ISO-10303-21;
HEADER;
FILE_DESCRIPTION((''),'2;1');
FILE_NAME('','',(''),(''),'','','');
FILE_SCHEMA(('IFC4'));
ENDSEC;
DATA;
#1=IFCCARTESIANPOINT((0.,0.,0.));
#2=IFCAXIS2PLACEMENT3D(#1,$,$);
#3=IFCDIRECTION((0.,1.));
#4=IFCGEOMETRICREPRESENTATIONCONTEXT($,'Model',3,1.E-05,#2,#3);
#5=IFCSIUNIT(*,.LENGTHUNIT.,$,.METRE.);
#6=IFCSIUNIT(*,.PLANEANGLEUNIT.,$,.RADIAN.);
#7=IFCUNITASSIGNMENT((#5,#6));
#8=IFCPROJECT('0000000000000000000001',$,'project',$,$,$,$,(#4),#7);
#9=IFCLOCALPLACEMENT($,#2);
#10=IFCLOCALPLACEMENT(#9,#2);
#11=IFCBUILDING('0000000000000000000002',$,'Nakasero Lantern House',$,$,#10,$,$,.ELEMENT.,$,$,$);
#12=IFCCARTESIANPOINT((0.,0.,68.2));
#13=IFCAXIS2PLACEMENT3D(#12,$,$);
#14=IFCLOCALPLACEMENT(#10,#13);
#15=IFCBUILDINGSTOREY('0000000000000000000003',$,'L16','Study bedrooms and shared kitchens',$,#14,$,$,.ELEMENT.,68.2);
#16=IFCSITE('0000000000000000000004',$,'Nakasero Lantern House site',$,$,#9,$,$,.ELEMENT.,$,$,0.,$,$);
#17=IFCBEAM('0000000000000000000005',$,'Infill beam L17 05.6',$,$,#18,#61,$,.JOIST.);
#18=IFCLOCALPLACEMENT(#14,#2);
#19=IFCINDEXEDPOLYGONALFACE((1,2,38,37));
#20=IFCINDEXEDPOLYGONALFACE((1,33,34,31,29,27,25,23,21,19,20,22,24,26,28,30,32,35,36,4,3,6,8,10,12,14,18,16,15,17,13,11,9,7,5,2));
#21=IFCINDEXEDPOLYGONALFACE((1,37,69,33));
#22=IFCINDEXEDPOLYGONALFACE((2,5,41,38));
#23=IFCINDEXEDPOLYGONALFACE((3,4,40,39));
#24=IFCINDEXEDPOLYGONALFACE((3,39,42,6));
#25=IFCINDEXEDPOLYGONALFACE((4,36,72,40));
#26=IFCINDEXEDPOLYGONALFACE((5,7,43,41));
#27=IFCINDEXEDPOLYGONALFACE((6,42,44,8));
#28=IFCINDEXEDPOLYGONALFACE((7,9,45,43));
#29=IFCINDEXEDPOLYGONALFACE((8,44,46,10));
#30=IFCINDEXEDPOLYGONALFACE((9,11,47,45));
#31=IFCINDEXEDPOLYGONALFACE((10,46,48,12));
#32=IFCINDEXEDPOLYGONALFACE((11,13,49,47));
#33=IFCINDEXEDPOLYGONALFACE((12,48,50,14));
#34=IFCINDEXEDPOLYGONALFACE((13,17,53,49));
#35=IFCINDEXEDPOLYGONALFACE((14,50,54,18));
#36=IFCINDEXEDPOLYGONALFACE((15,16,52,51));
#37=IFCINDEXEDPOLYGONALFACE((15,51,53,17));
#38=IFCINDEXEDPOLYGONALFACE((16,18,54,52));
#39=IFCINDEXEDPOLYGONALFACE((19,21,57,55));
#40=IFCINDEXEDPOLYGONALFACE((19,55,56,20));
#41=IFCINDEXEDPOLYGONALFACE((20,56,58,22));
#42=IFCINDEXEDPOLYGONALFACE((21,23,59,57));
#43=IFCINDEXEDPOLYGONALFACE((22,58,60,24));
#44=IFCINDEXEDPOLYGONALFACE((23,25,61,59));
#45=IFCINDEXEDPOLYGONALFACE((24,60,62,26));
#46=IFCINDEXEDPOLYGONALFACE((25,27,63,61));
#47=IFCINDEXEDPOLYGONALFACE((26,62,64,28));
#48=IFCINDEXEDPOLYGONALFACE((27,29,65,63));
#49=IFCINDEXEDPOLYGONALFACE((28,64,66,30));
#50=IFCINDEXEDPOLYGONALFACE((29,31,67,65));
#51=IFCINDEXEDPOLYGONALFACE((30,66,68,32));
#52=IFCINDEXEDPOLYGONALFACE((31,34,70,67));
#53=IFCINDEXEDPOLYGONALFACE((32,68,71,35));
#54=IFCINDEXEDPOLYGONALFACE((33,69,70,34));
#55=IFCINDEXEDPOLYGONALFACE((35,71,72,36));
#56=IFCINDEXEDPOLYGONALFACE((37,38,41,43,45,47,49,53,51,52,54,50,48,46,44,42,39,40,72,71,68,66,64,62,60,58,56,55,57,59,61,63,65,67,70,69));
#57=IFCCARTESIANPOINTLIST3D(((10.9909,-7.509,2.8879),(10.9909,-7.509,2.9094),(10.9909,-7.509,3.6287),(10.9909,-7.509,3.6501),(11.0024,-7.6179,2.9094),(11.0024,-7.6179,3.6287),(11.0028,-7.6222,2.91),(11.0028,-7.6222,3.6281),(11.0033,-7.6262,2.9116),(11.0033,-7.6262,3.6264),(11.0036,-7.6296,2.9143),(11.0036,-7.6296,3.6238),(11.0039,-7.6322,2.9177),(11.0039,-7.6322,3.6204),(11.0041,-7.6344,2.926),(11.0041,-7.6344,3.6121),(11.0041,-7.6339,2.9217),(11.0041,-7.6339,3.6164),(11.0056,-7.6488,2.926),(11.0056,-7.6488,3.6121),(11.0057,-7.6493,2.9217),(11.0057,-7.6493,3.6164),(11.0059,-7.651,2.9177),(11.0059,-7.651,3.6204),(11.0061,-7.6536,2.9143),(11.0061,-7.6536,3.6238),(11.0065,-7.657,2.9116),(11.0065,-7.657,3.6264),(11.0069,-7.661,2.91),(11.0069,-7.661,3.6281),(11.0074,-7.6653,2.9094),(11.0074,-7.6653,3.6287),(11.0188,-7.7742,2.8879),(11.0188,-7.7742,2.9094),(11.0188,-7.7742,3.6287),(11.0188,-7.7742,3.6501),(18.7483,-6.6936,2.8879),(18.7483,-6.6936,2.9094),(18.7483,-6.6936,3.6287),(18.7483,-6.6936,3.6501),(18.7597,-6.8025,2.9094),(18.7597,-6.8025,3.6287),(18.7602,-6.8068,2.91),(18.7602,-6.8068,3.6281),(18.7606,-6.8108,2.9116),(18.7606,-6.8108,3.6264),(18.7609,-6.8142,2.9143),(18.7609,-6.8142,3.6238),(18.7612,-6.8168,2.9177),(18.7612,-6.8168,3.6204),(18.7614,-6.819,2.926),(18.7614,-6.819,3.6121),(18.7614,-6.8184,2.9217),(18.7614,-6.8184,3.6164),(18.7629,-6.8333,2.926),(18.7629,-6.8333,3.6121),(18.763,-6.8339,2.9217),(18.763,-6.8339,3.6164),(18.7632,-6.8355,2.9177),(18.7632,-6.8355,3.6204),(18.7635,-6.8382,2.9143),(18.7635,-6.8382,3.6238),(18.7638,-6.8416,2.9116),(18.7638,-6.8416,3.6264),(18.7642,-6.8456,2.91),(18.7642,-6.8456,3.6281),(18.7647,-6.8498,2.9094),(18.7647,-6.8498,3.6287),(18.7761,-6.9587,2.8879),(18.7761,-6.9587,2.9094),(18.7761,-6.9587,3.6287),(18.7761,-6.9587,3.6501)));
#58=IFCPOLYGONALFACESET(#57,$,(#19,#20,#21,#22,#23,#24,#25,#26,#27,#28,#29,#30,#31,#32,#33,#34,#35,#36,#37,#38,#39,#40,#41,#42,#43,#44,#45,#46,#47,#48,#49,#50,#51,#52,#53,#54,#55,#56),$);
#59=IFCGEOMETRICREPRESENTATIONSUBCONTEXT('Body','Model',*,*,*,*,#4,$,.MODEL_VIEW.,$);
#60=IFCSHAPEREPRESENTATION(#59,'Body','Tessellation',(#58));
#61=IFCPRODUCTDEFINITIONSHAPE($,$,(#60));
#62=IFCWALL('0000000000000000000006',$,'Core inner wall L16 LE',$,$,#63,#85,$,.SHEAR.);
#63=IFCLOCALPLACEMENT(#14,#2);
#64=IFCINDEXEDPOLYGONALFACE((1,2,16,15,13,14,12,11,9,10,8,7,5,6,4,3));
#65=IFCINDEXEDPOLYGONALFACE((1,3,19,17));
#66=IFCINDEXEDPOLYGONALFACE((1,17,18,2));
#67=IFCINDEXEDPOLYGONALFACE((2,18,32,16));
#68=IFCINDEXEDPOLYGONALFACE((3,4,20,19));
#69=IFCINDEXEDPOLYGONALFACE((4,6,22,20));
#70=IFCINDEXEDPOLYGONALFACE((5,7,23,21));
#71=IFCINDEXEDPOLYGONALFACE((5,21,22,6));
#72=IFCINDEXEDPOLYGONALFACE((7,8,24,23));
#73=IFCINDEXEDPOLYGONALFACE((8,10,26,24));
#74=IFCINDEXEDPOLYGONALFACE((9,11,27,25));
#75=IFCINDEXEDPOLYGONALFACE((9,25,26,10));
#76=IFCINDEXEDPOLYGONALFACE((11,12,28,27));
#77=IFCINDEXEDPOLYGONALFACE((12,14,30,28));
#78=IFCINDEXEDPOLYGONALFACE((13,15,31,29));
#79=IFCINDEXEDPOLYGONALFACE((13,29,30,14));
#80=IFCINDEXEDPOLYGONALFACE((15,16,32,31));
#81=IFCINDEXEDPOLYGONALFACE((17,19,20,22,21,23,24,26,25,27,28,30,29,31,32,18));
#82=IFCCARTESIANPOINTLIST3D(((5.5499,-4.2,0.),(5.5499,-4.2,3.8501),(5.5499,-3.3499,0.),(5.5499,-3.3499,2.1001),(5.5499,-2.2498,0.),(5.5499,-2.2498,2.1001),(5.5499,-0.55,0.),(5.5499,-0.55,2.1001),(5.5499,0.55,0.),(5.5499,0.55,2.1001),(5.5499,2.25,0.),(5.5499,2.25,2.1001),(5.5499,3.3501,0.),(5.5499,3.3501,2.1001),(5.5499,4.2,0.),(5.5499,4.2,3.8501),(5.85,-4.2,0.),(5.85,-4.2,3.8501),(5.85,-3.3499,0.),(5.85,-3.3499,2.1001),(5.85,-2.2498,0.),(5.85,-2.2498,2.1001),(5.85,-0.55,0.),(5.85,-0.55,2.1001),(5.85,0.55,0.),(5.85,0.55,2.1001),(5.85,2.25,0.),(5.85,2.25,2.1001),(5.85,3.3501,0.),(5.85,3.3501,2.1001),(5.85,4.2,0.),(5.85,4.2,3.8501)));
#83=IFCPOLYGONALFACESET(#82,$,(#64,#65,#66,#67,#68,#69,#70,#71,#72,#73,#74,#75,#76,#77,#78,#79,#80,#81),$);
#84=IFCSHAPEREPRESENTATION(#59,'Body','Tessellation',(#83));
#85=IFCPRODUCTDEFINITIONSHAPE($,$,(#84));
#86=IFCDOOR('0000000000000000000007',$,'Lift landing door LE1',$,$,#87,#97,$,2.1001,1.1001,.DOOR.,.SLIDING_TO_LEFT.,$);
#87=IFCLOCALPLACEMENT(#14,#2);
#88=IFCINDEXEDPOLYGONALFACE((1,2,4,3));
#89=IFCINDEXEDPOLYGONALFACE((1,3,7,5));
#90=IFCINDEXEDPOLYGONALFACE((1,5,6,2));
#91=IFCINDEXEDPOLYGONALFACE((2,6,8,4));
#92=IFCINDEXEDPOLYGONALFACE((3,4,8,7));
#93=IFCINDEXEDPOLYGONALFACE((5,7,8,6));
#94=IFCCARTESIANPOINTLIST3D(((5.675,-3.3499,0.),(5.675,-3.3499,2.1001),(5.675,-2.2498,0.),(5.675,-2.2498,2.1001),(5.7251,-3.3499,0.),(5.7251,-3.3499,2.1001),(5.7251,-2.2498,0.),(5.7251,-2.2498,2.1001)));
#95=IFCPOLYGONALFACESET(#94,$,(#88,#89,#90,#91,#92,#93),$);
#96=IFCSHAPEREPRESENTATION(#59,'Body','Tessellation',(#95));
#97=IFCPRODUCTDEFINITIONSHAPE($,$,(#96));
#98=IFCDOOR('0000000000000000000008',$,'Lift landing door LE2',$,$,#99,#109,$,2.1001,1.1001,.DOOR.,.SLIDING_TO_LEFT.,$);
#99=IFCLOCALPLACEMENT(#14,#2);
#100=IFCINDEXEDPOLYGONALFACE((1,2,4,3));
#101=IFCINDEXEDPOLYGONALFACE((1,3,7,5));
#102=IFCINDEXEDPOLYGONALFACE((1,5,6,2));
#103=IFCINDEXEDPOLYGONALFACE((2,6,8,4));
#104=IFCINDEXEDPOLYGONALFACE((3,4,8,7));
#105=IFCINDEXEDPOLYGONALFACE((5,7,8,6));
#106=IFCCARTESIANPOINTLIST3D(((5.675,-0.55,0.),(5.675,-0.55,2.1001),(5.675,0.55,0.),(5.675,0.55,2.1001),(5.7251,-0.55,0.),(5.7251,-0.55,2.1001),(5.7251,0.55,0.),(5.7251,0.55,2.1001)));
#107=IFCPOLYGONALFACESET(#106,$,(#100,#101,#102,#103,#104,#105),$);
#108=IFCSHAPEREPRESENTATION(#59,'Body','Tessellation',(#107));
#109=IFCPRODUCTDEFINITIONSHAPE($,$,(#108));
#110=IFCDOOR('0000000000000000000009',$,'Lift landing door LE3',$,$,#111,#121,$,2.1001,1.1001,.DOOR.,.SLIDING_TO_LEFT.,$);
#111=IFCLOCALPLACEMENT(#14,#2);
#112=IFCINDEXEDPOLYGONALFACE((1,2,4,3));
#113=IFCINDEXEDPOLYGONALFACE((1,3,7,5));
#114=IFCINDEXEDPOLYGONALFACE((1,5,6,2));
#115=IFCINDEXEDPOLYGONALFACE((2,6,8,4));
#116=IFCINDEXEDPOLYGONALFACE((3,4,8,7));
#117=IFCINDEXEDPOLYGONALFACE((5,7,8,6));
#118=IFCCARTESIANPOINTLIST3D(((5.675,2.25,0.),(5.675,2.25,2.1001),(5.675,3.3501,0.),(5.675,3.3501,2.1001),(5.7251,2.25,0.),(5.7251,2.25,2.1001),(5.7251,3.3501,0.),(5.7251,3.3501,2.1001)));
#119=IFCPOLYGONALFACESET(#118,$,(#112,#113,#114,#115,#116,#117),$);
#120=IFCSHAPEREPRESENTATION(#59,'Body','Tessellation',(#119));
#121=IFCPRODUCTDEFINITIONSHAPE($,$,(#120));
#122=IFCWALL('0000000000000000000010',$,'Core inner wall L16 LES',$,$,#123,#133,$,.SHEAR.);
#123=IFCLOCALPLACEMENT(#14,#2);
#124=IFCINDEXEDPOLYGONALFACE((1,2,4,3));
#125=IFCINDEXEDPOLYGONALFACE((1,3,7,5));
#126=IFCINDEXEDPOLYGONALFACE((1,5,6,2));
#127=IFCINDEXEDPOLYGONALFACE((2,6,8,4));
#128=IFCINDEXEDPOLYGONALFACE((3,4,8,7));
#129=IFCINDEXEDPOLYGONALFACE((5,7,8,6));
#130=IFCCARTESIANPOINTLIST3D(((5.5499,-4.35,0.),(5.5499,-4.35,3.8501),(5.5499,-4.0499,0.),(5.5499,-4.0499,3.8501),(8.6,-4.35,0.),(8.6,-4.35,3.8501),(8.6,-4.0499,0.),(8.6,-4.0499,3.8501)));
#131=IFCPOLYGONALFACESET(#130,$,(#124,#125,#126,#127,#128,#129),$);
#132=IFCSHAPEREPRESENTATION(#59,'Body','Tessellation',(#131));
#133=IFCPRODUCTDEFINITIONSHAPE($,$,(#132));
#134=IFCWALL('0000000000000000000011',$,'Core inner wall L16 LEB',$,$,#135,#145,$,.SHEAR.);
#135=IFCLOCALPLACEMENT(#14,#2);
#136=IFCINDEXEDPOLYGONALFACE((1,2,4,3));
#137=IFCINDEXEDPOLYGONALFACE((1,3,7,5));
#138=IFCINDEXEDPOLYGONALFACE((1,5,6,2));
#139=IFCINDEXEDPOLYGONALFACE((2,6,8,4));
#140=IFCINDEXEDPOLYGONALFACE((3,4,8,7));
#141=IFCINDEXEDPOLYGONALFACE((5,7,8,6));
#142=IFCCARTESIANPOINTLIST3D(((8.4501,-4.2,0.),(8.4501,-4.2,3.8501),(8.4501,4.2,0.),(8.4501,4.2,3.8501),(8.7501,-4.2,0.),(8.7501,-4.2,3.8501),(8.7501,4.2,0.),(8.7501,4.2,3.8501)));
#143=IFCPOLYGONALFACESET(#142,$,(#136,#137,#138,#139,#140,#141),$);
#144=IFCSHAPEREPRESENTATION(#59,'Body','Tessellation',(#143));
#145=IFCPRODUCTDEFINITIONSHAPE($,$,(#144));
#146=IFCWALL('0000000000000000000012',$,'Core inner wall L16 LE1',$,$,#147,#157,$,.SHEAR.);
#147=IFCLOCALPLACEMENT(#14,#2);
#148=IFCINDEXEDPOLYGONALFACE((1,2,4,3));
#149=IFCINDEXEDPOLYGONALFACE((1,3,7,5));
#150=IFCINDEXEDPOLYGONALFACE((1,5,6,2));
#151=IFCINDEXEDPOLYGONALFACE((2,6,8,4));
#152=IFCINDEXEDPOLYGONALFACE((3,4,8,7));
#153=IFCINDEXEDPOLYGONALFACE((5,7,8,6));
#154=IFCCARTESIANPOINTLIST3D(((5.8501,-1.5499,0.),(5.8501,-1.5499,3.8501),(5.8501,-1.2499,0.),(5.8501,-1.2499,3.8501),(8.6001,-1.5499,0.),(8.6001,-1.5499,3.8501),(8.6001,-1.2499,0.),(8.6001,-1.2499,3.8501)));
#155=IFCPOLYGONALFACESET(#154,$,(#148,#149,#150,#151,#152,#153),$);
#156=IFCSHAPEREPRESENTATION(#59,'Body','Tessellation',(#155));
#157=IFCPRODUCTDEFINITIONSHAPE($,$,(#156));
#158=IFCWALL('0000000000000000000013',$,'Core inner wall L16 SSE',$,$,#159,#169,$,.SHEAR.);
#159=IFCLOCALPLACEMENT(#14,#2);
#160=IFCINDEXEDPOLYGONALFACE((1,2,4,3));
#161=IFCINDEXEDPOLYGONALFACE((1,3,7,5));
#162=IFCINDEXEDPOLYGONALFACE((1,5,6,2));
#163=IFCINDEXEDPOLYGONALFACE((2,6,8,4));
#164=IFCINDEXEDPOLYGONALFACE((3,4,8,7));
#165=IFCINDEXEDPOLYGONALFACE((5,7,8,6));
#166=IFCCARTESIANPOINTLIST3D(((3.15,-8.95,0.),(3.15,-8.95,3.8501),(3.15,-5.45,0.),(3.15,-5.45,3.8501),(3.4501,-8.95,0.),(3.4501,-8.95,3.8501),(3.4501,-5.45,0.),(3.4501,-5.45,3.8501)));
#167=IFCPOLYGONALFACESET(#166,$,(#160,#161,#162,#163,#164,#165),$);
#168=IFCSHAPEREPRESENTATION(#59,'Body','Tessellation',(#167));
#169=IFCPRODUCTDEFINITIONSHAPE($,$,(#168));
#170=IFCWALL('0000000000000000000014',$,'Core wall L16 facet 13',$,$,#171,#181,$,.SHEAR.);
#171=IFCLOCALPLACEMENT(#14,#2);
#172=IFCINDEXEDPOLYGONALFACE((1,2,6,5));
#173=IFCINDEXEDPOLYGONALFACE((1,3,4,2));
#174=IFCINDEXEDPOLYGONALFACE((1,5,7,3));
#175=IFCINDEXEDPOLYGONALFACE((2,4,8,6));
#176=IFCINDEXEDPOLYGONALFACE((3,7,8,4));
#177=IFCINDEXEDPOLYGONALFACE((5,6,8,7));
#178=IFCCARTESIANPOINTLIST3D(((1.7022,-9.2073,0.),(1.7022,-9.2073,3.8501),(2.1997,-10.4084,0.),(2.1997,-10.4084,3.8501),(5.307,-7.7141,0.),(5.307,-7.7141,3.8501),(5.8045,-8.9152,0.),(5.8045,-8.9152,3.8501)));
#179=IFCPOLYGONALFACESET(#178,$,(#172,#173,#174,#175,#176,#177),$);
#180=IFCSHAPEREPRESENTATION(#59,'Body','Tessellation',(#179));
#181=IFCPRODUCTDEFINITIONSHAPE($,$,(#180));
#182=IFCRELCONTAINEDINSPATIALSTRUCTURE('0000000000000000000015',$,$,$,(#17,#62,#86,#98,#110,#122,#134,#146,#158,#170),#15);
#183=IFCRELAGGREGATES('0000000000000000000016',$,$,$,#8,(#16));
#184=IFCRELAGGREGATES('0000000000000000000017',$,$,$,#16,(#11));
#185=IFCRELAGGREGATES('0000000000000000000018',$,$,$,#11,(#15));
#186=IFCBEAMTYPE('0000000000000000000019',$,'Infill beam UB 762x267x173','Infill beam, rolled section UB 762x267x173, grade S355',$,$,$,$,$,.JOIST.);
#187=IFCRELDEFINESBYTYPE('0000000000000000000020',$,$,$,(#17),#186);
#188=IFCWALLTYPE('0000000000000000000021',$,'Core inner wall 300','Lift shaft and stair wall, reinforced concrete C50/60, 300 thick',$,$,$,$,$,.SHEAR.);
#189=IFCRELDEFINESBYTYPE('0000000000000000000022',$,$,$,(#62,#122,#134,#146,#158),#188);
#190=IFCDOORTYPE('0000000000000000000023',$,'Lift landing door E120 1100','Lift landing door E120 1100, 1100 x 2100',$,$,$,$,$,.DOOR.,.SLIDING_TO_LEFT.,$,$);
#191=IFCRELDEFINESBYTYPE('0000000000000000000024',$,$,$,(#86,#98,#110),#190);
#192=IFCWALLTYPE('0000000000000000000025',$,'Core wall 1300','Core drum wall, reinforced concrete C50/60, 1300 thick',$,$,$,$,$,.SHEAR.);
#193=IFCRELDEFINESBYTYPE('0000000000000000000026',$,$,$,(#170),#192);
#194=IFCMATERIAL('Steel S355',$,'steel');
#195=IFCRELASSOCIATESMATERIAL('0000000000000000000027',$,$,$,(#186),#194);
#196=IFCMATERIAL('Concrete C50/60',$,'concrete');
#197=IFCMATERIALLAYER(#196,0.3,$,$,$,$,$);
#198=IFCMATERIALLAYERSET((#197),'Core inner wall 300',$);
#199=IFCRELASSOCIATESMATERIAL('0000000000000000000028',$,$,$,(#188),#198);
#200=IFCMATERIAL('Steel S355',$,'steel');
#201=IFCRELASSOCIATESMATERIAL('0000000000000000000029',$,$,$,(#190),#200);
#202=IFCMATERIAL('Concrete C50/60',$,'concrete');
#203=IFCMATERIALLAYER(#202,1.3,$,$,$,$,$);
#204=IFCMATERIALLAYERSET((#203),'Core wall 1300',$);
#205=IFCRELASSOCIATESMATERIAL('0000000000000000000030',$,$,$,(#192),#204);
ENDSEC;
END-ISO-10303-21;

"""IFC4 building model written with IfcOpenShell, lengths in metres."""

from ifc_helpers import new_model, si_unit, direction, frame, frame_2d, origin, origin_2d, place, context, subcontext, project, spatial, rectangle, i_section, extrude, material, layer, layer_set, material_profile, profile_set, type_object, element, fill, save


model = new_model("IFC4")

# Units and contexts
model_context = context("Model", 3, precision=1e-05, world=origin(), true_north=direction((0.0, 1.0)))
body_context = subcontext(model_context, "Body", "Model", "MODEL_VIEW")
ifc_project = project(units=[si_unit("LENGTHUNIT", "METRE"), si_unit("PLANEANGLEUNIT", "RADIAN")], contexts=[model_context])

# Site, building, storey
site_placement = place(None, origin())
site = spatial("IfcSite", under=ifc_project, at=site_placement, Name="Nakasero Lantern House site", CompositionType="ELEMENT", RefElevation=0.0)
building_placement = place(site_placement, origin())
building = spatial("IfcBuilding", under=site, at=building_placement, Name="Nakasero Lantern House", CompositionType="ELEMENT")
storey_placement = place(building_placement, frame((0.0, 0.0, 68.2)))
storey = spatial("IfcBuildingStorey", under=building, at=storey_placement, Name="L16", Description="Study bedrooms and shared kitchens", CompositionType="ELEMENT", Elevation=68.2)

# Beam
ifc_material_1 = material(Name="Steel S355", Category="steel")
ifc_material_profile_1 = material_profile(ifc_material_1, i_section(OverallWidth=0.2666, OverallDepth=0.7622, WebThickness=0.0144, FlangeThickness=0.0215, FilletRadius=0.0166, at=origin_2d()), Name="UB 762x267x173")
ifc_profile_set_1 = profile_set([ifc_material_profile_1], Name="Steel S355")
beam_type_1 = type_object("IfcBeamType", Name="Infill beam UB 762x267x173", Description="Infill beam, rolled section UB 762x267x173, grade S355", PredefinedType="JOIST", material=ifc_profile_set_1)
beam_1_placement = place(storey_placement, frame((11.0049, -7.6416, 3.269), z_axis=(0.994521, 0.104541, 0.0), x_axis=(-0.104541, 0.994521, 0.0)))
element("IfcBeam", 1, at=beam_1_placement, inside=storey, type_object=beam_type_1, Name="Infill beam L17 05.6", PredefinedType="JOIST", context=body_context, shape_type="SweptSolid", body=[
    extrude(i_section(OverallWidth=0.2666, OverallDepth=0.7622, WebThickness=0.0144, FlangeThickness=0.0215, FilletRadius=0.0166, at=origin_2d()), origin(), (0.0, 0.0, 1.0), 7.8),
])

# Wall, openings, doors
ifc_material_2 = material(Name="Concrete C50/60", Category="concrete")
ifc_layer_1 = layer(ifc_material_2, 0.3)
ifc_layer_set_1 = layer_set([ifc_layer_1], Name="Core inner wall 300")
wall_type_1 = type_object("IfcWallType", Name="Core inner wall 300", Description="Lift shaft and stair wall, reinforced concrete C50/60, 300 thick", PredefinedType="SHEAR", material=ifc_layer_set_1)
wall_1_placement = place(storey_placement, frame((5.7, -4.2, 0.0), z_axis=(0.0, 0.0, 1.0), x_axis=(0.0, 1.0, 0.0)))
wall_1 = element("IfcWall", 2, at=wall_1_placement, inside=storey, type_object=wall_type_1, Name="Core inner wall L16 LE", PredefinedType="SHEAR", context=body_context, shape_type="SweptSolid", body=[
    extrude(rectangle(XDim=8.3999, YDim=0.3, at=frame_2d((4.2, 0.0))), origin(), (0.0, 0.0, 1.0), 3.8501),
])
opening_1_placement = place(wall_1_placement, frame((0.8501, 0.0, 0.0)))
opening_1 = element("IfcOpeningElement", 3, at=opening_1_placement, cuts=wall_1, PredefinedType="OPENING", context=body_context, shape_type="SweptSolid", body=[
    extrude(rectangle(XDim=1.1001, YDim=2.1001, at=frame_2d((0.55, 1.05))), frame((0.0, 0.1699, 0.0), z_axis=(0.0, -1.0, 0.0), x_axis=(1.0, 0.0, 0.0)), (0.0, 0.0, 1.0), 0.3401),
])
opening_2_placement = place(wall_1_placement, frame((3.6499, 0.0, 0.0)))
opening_2 = element("IfcOpeningElement", 4, at=opening_2_placement, cuts=wall_1, PredefinedType="OPENING", context=body_context, shape_type="SweptSolid", body=[
    extrude(rectangle(XDim=1.1001, YDim=2.1001, at=frame_2d((0.55, 1.05))), frame((0.0, 0.1699, 0.0), z_axis=(0.0, -1.0, 0.0), x_axis=(1.0, 0.0, 0.0)), (0.0, 0.0, 1.0), 0.3401),
])
opening_3_placement = place(wall_1_placement, frame((6.45, 0.0, 0.0)))
opening_3 = element("IfcOpeningElement", 5, at=opening_3_placement, cuts=wall_1, PredefinedType="OPENING", context=body_context, shape_type="SweptSolid", body=[
    extrude(rectangle(XDim=1.1001, YDim=2.1001, at=frame_2d((0.55, 1.05))), frame((0.0, 0.1699, 0.0), z_axis=(0.0, -1.0, 0.0), x_axis=(1.0, 0.0, 0.0)), (0.0, 0.0, 1.0), 0.3401),
])
ifc_material_3 = material(Name="Steel S355", Category="steel")
door_type_1 = type_object("IfcDoorType", Name="Lift landing door E120 1100", Description="Lift landing door E120 1100, 1100 x 2100", OperationType="SLIDING_TO_LEFT", PredefinedType="DOOR", material=ifc_material_3)
door_1_placement = place(opening_1_placement, origin())
door_1 = element("IfcDoor", 6, at=door_1_placement, inside=storey, type_object=door_type_1, Name="Lift landing door LE1", OperationType="SLIDING_TO_LEFT", OverallHeight=2.1001, OverallWidth=1.1001, PredefinedType="DOOR", context=body_context, shape_type="SweptSolid", body=[
    extrude(rectangle(XDim=1.1001, YDim=2.1001, at=frame_2d((0.55, 1.05))), frame((0.0, 0.0249, 0.0), z_axis=(0.0, -1.0, 0.0), x_axis=(1.0, 0.0, 0.0)), (0.0, 0.0, 1.0), 0.05),
])
fill(opening_1, door_1)
door_2_placement = place(opening_2_placement, origin())
door_2 = element("IfcDoor", 7, at=door_2_placement, inside=storey, type_object=door_type_1, Name="Lift landing door LE2", OperationType="SLIDING_TO_LEFT", OverallHeight=2.1001, OverallWidth=1.1001, PredefinedType="DOOR", context=body_context, shape_type="SweptSolid", body=[
    extrude(rectangle(XDim=1.1001, YDim=2.1001, at=frame_2d((0.55, 1.05))), frame((0.0, 0.0249, 0.0), z_axis=(0.0, -1.0, 0.0), x_axis=(1.0, 0.0, 0.0)), (0.0, 0.0, 1.0), 0.05),
])
fill(opening_2, door_2)
door_3_placement = place(opening_3_placement, origin())
door_3 = element("IfcDoor", 8, at=door_3_placement, inside=storey, type_object=door_type_1, Name="Lift landing door LE3", OperationType="SLIDING_TO_LEFT", OverallHeight=2.1001, OverallWidth=1.1001, PredefinedType="DOOR", context=body_context, shape_type="SweptSolid", body=[
    extrude(rectangle(XDim=1.1001, YDim=2.1001, at=frame_2d((0.55, 1.05))), frame((0.0, 0.0249, 0.0), z_axis=(0.0, -1.0, 0.0), x_axis=(1.0, 0.0, 0.0)), (0.0, 0.0, 1.0), 0.05),
])
fill(opening_3, door_3)

# Walls
wall_2_placement = place(storey_placement, frame((5.55, -4.2, 0.0), z_axis=(0.0, 0.0, 1.0), x_axis=(1.0, 0.0, 0.0)))
element("IfcWall", 9, at=wall_2_placement, inside=storey, type_object=wall_type_1, Name="Core inner wall L16 LES", PredefinedType="SHEAR", context=body_context, shape_type="SweptSolid", body=[
    extrude(rectangle(XDim=3.05, YDim=0.3, at=frame_2d((1.5249, 0.0))), origin(), (0.0, 0.0, 1.0), 3.8501),
])
wall_3_placement = place(storey_placement, frame((8.6001, -4.2, 0.0), z_axis=(0.0, 0.0, 1.0), x_axis=(0.0, 1.0, 0.0)))
element("IfcWall", 10, at=wall_3_placement, inside=storey, type_object=wall_type_1, Name="Core inner wall L16 LEB", PredefinedType="SHEAR", context=body_context, shape_type="SweptSolid", body=[
    extrude(rectangle(XDim=8.3999, YDim=0.3, at=frame_2d((4.2, 0.0))), origin(), (0.0, 0.0, 1.0), 3.8501),
])
wall_4_placement = place(storey_placement, frame((5.8501, -1.3999, 0.0), z_axis=(0.0, 0.0, 1.0), x_axis=(1.0, 0.0, 0.0)))
element("IfcWall", 11, at=wall_4_placement, inside=storey, type_object=wall_type_1, Name="Core inner wall L16 LE1", PredefinedType="SHEAR", context=body_context, shape_type="SweptSolid", body=[
    extrude(rectangle(XDim=2.75, YDim=0.3, at=frame_2d((1.375, 0.0))), origin(), (0.0, 0.0, 1.0), 3.8501),
])
wall_5_placement = place(storey_placement, frame((3.3, -5.45, 0.0), z_axis=(0.0, 0.0, 1.0), x_axis=(0.0, -1.0, 0.0)))
element("IfcWall", 12, at=wall_5_placement, inside=storey, type_object=wall_type_1, Name="Core inner wall L16 SSE", PredefinedType="SHEAR", context=body_context, shape_type="SweptSolid", body=[
    extrude(rectangle(XDim=3.5, YDim=0.3, at=frame_2d((1.75, 0.0))), origin(), (0.0, 0.0, 1.0), 3.8501),
])
ifc_material_4 = material(Name="Concrete C50/60", Category="concrete")
ifc_layer_2 = layer(ifc_material_4, 1.3)
ifc_layer_set_2 = layer_set([ifc_layer_2], Name="Core wall 1300")
wall_type_2 = type_object("IfcWallType", Name="Core wall 1300", Description="Core drum wall, reinforced concrete C50/60, 1300 thick", PredefinedType="SHEAR", material=ifc_layer_set_2)
wall_6_placement = place(storey_placement, frame((1.9509, -9.8079, 0.0), z_axis=(0.0, 0.0, 1.0), x_axis=(0.923877, 0.382691, 0.0)))
element("IfcWall", 13, at=wall_6_placement, inside=storey, type_object=wall_type_2, Name="Core wall L16 facet 13", PredefinedType="SHEAR", context=body_context, shape_type="SweptSolid", body=[
    extrude(rectangle(XDim=3.9019, YDim=1.3, at=frame_2d((1.9509, 0.0))), origin(), (0.0, 0.0, 1.0), 3.8501),
])

save(model, "model.ifc")
